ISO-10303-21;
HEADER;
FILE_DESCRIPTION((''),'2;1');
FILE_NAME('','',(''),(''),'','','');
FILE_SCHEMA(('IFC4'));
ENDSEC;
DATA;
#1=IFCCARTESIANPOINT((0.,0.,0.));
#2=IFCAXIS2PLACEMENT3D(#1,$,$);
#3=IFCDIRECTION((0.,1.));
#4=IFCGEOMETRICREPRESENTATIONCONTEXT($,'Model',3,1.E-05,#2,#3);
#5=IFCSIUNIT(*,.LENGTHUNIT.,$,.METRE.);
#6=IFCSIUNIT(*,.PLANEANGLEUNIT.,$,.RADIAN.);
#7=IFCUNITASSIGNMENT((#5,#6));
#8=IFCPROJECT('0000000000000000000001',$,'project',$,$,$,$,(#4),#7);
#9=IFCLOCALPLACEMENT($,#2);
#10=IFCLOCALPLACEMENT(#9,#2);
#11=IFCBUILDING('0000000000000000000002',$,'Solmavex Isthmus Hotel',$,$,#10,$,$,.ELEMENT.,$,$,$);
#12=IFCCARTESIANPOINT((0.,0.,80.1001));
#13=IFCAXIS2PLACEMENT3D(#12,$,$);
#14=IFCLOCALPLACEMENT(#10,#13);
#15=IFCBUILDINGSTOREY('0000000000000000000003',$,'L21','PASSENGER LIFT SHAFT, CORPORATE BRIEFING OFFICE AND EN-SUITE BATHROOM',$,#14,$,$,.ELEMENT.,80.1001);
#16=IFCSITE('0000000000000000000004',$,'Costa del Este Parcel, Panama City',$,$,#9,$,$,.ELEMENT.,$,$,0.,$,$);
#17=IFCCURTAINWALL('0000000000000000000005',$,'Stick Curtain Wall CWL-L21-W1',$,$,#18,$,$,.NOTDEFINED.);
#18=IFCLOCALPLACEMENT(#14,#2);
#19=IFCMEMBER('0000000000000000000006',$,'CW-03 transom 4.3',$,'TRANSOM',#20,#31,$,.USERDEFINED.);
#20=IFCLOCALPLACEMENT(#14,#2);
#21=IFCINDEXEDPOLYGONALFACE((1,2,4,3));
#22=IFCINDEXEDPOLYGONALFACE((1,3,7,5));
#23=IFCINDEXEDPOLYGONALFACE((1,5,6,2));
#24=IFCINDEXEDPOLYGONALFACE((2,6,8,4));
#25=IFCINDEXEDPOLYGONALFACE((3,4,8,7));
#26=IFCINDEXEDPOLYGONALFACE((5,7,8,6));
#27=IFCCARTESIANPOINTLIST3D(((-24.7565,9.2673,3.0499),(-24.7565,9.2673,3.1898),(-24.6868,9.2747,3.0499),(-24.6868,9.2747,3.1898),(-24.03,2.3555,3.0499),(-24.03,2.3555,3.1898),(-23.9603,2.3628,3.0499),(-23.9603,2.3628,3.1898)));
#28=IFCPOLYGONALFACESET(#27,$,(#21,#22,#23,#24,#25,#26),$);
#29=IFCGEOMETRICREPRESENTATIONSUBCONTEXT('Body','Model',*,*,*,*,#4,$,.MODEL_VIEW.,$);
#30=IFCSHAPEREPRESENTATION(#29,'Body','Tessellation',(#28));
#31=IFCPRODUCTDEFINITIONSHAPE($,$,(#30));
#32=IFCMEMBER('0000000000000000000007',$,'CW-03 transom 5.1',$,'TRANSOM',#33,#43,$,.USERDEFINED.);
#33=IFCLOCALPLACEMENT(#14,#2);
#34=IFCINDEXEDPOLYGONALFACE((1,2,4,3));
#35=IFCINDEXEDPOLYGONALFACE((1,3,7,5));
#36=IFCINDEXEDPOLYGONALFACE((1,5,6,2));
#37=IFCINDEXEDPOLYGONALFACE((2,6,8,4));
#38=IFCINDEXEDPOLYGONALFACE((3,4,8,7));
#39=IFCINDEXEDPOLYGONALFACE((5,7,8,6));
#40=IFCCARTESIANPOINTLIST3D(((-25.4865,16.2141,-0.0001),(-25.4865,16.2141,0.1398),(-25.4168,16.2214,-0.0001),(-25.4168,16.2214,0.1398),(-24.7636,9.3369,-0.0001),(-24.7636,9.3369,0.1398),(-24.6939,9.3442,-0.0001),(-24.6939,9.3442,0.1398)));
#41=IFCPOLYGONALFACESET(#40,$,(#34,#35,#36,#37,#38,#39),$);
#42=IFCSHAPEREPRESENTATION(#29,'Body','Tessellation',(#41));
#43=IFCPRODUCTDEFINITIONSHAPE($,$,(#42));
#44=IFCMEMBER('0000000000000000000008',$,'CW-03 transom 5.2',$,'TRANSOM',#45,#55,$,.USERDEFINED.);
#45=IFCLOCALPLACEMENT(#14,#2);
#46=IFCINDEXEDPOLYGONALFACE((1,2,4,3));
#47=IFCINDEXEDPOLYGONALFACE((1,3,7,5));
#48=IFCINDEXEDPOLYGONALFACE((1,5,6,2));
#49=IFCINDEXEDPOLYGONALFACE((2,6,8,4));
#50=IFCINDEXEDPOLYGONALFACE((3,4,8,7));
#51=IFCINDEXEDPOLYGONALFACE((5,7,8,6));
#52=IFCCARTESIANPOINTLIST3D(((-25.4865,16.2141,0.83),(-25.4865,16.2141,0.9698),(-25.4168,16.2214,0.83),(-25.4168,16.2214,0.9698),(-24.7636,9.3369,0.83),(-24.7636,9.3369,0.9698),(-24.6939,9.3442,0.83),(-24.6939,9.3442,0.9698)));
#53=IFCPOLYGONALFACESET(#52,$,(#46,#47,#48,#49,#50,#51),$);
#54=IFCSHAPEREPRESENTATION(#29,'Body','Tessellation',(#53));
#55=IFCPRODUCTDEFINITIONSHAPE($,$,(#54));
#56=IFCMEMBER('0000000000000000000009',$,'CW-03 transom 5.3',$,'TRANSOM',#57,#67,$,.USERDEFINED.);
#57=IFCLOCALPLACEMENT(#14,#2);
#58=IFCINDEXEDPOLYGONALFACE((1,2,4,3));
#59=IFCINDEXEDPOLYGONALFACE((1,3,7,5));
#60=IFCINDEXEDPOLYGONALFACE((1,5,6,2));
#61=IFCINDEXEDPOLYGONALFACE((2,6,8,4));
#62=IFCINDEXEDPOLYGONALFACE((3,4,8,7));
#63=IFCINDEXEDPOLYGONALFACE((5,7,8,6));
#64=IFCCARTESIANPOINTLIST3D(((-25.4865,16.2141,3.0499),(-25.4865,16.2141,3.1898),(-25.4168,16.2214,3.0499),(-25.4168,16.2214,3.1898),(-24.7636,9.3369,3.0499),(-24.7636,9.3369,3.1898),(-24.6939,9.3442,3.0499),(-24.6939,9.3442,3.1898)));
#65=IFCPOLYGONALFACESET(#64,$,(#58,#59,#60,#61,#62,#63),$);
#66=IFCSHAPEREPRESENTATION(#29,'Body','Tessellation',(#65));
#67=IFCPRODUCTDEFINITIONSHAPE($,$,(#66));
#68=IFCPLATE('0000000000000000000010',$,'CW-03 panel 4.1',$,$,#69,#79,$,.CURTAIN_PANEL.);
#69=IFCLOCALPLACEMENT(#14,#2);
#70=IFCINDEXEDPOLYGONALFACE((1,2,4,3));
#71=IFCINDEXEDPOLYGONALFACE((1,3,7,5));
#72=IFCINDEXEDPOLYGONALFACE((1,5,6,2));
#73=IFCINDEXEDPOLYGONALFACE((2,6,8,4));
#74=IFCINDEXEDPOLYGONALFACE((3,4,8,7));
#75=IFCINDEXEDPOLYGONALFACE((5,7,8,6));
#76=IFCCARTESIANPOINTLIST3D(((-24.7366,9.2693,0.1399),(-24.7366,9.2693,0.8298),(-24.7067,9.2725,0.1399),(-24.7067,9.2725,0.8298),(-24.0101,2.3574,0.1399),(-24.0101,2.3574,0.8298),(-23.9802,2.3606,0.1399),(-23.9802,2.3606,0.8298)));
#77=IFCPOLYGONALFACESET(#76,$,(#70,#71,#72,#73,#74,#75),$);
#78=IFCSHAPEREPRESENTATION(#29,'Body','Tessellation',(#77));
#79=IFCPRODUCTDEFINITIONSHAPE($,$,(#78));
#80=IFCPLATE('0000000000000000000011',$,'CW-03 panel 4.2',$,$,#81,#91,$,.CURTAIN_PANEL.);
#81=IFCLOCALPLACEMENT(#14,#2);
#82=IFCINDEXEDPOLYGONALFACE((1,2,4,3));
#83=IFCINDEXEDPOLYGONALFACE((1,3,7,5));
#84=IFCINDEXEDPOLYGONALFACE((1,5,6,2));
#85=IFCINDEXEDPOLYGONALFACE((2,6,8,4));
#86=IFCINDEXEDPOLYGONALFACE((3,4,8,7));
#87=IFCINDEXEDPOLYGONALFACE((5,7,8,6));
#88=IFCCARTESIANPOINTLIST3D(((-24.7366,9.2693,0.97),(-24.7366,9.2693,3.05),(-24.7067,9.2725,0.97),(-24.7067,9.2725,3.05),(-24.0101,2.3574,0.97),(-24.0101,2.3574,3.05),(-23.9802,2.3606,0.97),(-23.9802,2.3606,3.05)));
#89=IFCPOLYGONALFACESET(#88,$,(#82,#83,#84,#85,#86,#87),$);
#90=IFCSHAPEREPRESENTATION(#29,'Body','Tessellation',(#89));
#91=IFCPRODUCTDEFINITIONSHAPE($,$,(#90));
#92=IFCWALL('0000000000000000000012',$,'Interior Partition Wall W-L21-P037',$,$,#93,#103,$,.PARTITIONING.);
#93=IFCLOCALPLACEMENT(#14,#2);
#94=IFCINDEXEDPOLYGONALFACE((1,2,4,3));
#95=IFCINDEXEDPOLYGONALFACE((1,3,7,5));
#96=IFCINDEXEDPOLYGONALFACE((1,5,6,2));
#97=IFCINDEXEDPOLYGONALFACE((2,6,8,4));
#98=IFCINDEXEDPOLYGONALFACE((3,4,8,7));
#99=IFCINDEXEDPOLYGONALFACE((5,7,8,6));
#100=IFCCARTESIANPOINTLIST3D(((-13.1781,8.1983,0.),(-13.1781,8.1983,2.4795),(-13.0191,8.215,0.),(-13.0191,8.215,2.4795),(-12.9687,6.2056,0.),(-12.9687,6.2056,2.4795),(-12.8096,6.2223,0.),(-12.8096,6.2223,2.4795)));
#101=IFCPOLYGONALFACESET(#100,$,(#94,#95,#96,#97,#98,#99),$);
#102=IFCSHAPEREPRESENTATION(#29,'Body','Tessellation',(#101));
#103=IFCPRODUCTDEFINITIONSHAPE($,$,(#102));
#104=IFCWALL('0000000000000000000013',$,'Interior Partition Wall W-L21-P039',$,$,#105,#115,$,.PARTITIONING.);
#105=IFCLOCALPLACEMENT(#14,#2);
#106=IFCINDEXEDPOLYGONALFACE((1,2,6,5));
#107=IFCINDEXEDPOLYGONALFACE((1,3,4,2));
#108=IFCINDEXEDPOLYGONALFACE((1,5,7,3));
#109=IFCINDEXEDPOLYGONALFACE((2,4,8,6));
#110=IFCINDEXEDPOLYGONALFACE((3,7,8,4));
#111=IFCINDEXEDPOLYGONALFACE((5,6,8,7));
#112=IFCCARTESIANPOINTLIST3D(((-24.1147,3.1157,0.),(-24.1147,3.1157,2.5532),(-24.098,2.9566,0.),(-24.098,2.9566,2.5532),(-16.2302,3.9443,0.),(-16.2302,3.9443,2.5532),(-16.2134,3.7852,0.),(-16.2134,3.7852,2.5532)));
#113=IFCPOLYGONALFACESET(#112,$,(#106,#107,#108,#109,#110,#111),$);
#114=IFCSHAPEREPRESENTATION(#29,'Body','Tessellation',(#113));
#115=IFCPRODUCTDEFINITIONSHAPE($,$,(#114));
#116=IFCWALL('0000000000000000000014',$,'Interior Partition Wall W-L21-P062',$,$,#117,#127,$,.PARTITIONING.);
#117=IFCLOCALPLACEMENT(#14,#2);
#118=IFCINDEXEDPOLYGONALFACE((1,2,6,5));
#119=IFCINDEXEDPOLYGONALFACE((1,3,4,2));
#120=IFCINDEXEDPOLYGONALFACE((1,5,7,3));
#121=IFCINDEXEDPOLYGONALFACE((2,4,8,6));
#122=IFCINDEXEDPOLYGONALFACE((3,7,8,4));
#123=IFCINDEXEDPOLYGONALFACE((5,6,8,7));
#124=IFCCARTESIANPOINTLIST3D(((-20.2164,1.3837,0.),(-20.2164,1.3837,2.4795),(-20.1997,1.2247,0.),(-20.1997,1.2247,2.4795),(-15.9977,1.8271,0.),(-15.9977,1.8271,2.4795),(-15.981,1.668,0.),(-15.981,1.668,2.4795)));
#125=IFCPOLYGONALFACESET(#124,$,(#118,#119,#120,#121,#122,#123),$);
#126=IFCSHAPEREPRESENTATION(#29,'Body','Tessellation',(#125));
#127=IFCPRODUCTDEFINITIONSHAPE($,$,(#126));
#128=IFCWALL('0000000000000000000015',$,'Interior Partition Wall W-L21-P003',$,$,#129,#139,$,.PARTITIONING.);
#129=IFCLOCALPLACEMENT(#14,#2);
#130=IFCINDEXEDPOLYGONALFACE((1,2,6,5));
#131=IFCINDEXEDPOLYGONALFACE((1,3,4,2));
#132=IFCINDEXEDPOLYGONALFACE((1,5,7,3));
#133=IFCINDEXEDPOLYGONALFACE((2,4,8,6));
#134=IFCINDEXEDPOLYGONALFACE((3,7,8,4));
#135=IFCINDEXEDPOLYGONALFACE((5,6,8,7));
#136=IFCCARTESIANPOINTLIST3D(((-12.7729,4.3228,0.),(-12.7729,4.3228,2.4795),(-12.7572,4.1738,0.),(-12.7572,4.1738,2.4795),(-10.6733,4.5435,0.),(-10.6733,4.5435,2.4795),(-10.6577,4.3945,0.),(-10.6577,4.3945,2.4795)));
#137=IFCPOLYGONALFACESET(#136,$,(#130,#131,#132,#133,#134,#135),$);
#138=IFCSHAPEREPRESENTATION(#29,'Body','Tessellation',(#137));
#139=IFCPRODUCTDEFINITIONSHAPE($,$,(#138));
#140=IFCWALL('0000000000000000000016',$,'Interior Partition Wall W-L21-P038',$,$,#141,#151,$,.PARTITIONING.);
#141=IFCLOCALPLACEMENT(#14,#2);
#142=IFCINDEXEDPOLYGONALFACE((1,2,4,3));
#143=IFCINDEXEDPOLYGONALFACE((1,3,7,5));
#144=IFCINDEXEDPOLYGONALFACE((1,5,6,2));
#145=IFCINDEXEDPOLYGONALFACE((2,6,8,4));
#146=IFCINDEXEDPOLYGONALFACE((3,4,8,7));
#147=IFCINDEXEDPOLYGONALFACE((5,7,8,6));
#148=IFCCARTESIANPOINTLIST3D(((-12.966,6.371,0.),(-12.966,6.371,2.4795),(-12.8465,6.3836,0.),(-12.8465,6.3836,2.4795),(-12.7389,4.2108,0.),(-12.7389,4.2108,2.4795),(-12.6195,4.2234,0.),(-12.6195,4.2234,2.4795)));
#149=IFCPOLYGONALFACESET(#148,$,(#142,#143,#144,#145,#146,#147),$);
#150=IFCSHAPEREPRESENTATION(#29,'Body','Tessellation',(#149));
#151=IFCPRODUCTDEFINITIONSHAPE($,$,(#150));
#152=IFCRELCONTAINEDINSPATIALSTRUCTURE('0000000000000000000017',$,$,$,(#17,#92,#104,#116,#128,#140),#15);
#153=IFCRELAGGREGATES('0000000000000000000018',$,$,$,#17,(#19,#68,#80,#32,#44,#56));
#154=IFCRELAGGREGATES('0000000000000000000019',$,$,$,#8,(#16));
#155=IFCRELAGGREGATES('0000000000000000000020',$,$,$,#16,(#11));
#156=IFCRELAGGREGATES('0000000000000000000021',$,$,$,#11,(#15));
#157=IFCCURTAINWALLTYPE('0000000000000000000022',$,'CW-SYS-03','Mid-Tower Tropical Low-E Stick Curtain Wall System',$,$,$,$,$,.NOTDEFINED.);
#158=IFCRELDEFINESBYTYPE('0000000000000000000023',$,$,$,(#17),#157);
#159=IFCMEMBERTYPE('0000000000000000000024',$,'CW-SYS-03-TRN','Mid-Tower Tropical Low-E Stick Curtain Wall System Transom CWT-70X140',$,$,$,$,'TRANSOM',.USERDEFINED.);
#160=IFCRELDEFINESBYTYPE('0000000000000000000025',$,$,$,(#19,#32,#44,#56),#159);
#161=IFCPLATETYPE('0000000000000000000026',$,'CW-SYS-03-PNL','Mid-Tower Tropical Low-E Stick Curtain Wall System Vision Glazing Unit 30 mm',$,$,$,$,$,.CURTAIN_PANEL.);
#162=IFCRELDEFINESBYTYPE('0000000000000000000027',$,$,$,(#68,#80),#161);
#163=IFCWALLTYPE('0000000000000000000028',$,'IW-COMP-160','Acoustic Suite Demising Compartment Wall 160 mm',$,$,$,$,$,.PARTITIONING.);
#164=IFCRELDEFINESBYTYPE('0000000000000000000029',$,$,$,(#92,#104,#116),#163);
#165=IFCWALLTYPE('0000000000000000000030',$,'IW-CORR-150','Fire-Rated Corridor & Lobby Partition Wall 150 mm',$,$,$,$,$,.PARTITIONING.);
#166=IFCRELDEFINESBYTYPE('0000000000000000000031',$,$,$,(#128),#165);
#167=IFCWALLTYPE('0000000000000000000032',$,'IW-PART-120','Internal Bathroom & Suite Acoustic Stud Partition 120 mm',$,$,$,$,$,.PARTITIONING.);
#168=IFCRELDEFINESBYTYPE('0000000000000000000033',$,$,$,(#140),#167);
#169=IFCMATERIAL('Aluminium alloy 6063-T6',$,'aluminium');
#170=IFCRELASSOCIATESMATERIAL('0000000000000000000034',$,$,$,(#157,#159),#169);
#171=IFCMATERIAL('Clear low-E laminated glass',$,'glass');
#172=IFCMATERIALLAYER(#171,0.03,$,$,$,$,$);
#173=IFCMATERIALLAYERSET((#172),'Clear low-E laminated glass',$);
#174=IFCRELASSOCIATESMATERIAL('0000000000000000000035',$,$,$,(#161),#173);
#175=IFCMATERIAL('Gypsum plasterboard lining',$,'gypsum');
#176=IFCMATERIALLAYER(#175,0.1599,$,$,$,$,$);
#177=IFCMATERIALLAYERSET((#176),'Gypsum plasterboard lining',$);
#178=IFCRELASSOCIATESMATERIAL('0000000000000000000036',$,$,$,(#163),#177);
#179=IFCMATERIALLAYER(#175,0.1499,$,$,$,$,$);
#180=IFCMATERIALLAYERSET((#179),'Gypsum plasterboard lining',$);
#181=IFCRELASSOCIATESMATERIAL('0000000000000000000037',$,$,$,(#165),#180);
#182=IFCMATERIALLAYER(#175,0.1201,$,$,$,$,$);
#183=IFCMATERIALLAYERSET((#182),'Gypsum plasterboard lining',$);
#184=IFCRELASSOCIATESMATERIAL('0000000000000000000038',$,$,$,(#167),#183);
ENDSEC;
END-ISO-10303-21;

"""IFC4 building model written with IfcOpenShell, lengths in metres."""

from ifc_helpers import new_model, si_unit, direction, frame, frame_2d, origin, origin_2d, place, context, subcontext, project, spatial, rectangle, extrude, material, layer, layer_set, material_profile, profile_set, type_object, element, aggregate, save


model = new_model("IFC4")

# Units and contexts
model_context = context("Model", 3, precision=1e-05, world=origin(), true_north=direction((0.0, 1.0)))
body_context = subcontext(model_context, "Body", "Model", "MODEL_VIEW")
ifc_project = project(units=[si_unit("LENGTHUNIT", "METRE"), si_unit("PLANEANGLEUNIT", "RADIAN")], contexts=[model_context])

# Site, building, storey
site_placement = place(None, origin())
site = spatial("IfcSite", under=ifc_project, at=site_placement, Name="Costa del Este Parcel, Panama City", CompositionType="ELEMENT", RefElevation=0.0)
building_placement = place(site_placement, origin())
building = spatial("IfcBuilding", under=site, at=building_placement, Name="Solmavex Isthmus Hotel", CompositionType="ELEMENT")
storey_placement = place(building_placement, frame((0.0, 0.0, 80.1001)))
storey = spatial("IfcBuildingStorey", under=building, at=storey_placement, Name="L21", Description="PASSENGER LIFT SHAFT, CORPORATE BRIEFING OFFICE AND EN-SUITE BATHROOM", CompositionType="ELEMENT", Elevation=80.1001)

# Curtain wall, members, plates
ifc_material_1 = material(Name="Aluminium alloy 6063-T6", Category="aluminium")
curtain_wall_type = type_object("IfcCurtainWallType", Name="CW-SYS-03", Description="Mid-Tower Tropical Low-E Stick Curtain Wall System", PredefinedType="NOTDEFINED", material=ifc_material_1)
curtain_wall_placement = place(storey_placement, origin())
curtain_wall = element("IfcCurtainWall", 1, at=curtain_wall_placement, inside=storey, type_object=curtain_wall_type, Name="Stick Curtain Wall CWL-L21-W1", PredefinedType="NOTDEFINED")
ifc_material_profile_1 = material_profile(ifc_material_1, rectangle(XDim=0.0701, YDim=0.1399, at=origin_2d()), Name="CWT-70X140")
ifc_profile_set_1 = profile_set([ifc_material_profile_1], Name="Aluminium alloy 6063-T6")
member_type_1 = type_object("IfcMemberType", Name="CW-SYS-03-TRN", Description="Mid-Tower Tropical Low-E Stick Curtain Wall System Transom CWT-70X140", ElementType="TRANSOM", PredefinedType="USERDEFINED", material=ifc_profile_set_1)
member_1_placement = place(storey_placement, frame((-23.9951, 2.3591, 3.1199), z_axis=(-0.104542, 0.99452, 0.0), x_axis=(-0.99452, -0.104542, 0.0)))
member_1 = element("IfcMember", 2, at=member_1_placement, type_object=member_type_1, Name="CW-03 transom 4.3", ObjectType="TRANSOM", PredefinedType="USERDEFINED", context=body_context, shape_type="SweptSolid", body=[
    extrude(rectangle(XDim=0.0701, YDim=0.1399, at=origin_2d()), origin(), (0.0, 0.0, 1.0), 6.95),
])
member_2_placement = place(storey_placement, frame((-24.7288, 9.3406, 0.0698), z_axis=(-0.10454, 0.994521, 0.0), x_axis=(-0.994521, -0.10454, 0.0)))
member_2 = element("IfcMember", 3, at=member_2_placement, type_object=member_type_1, Name="CW-03 transom 5.1", ObjectType="TRANSOM", PredefinedType="USERDEFINED", context=body_context, shape_type="SweptSolid", body=[
    extrude(rectangle(XDim=0.0701, YDim=0.1399, at=origin_2d()), origin(), (0.0, 0.0, 1.0), 6.915),
])
member_3_placement = place(storey_placement, frame((-24.7288, 9.3406, 0.8999), z_axis=(-0.10454, 0.994521, 0.0), x_axis=(-0.994521, -0.10454, 0.0)))
member_3 = element("IfcMember", 4, at=member_3_placement, type_object=member_type_1, Name="CW-03 transom 5.2", ObjectType="TRANSOM", PredefinedType="USERDEFINED", context=body_context, shape_type="SweptSolid", body=[
    extrude(rectangle(XDim=0.0701, YDim=0.1399, at=origin_2d()), origin(), (0.0, 0.0, 1.0), 6.915),
])
member_4_placement = place(storey_placement, frame((-24.7288, 9.3406, 3.1199), z_axis=(-0.10454, 0.994521, 0.0), x_axis=(-0.994521, -0.10454, 0.0)))
member_4 = element("IfcMember", 5, at=member_4_placement, type_object=member_type_1, Name="CW-03 transom 5.3", ObjectType="TRANSOM", PredefinedType="USERDEFINED", context=body_context, shape_type="SweptSolid", body=[
    extrude(rectangle(XDim=0.0701, YDim=0.1399, at=origin_2d()), origin(), (0.0, 0.0, 1.0), 6.915),
])
ifc_material_2 = material(Name="Clear low-E laminated glass", Category="glass")
ifc_layer_1 = layer(ifc_material_2, 0.03)
ifc_layer_set_1 = layer_set([ifc_layer_1], Name="Clear low-E laminated glass")
plate_type = type_object("IfcPlateType", Name="CW-SYS-03-PNL", Description="Mid-Tower Tropical Low-E Stick Curtain Wall System Vision Glazing Unit 30 mm", PredefinedType="CURTAIN_PANEL", material=ifc_layer_set_1)
plate_1_placement = place(storey_placement, frame((-24.3584, 5.8149, 0.1399), z_axis=(0.0, 0.0, 1.0), x_axis=(-0.104528, 0.994522, 0.0)))
plate_1 = element("IfcPlate", 6, at=plate_1_placement, type_object=plate_type, Name="CW-03 panel 4.1", PredefinedType="CURTAIN_PANEL", context=body_context, shape_type="SweptSolid", body=[
    extrude(rectangle(XDim=6.95, YDim=0.03, at=origin_2d()), origin(), (0.0, 0.0, 1.0), 0.6899),
])
plate_2_placement = place(storey_placement, frame((-24.3584, 5.8149, 0.97), z_axis=(0.0, 0.0, 1.0), x_axis=(-0.104528, 0.994522, 0.0)))
plate_2 = element("IfcPlate", 7, at=plate_2_placement, type_object=plate_type, Name="CW-03 panel 4.2", PredefinedType="CURTAIN_PANEL", context=body_context, shape_type="SweptSolid", body=[
    extrude(rectangle(XDim=6.95, YDim=0.03, at=origin_2d()), origin(), (0.0, 0.0, 1.0), 2.0801),
])
aggregate(curtain_wall, [member_1, plate_1, plate_2, member_2, member_3, member_4])

# Walls
ifc_material_3 = material(Name="Gypsum plasterboard lining", Category="gypsum")
ifc_layer_2 = layer(ifc_material_3, 0.1599)
ifc_layer_set_2 = layer_set([ifc_layer_2], Name="Gypsum plasterboard lining")
wall_type_1 = type_object("IfcWallType", Name="IW-COMP-160", Description="Acoustic Suite Demising Compartment Wall 160 mm", PredefinedType="PARTITIONING", material=ifc_layer_set_2)
wall_1_placement = place(storey_placement, frame((-13.0986, 8.2068, 0.0), z_axis=(0.0, 0.0, 1.0), x_axis=(0.104545, -0.99452, 0.0)))
element("IfcWall", 8, at=wall_1_placement, inside=storey, type_object=wall_type_1, Name="Interior Partition Wall W-L21-P037", PredefinedType="PARTITIONING", context=body_context, shape_type="SweptSolid", body=[
    extrude(rectangle(XDim=2.0037, YDim=0.1599, at=frame_2d((1.002, 0.0))), origin(), (0.0, 0.0, 1.0), 2.4795),
])
wall_2_placement = place(storey_placement, frame((-16.2219, 3.8647, 0.0), z_axis=(0.0, 0.0, 1.0), x_axis=(-0.994523, -0.104518, 0.0)))
element("IfcWall", 9, at=wall_2_placement, inside=storey, type_object=wall_type_1, Name="Interior Partition Wall W-L21-P039", PredefinedType="PARTITIONING", context=body_context, shape_type="SweptSolid", body=[
    extrude(rectangle(XDim=7.928, YDim=0.1599, at=frame_2d((3.9639, 0.0))), origin(), (0.0, 0.0, 1.0), 2.5532),
])
wall_3_placement = place(storey_placement, frame((-15.9893, 1.7476, 0.0), z_axis=(0.0, 0.0, 1.0), x_axis=(-0.994523, -0.104517, 0.0)))
element("IfcWall", 10, at=wall_3_placement, inside=storey, type_object=wall_type_1, Name="Interior Partition Wall W-L21-P062", PredefinedType="PARTITIONING", context=body_context, shape_type="SweptSolid", body=[
    extrude(rectangle(XDim=4.2419, YDim=0.1599, at=frame_2d((2.1211, 0.0))), origin(), (0.0, 0.0, 1.0), 2.4795),
])

# Shared definitions
ifc_layer_3 = layer(ifc_material_3, 0.1499)
ifc_layer_set_3 = layer_set([ifc_layer_3], Name="Gypsum plasterboard lining")
wall_type_2 = type_object("IfcWallType", Name="IW-CORR-150", Description="Fire-Rated Corridor & Lobby Partition Wall 150 mm", PredefinedType="PARTITIONING", material=ifc_layer_set_3)

# Wall
wall_4_placement = place(storey_placement, frame((-12.7651, 4.2483, 0.0), z_axis=(0.0, 0.0, 1.0), x_axis=(0.994521, 0.10454, 0.0)))
element("IfcWall", 11, at=wall_4_placement, inside=storey, type_object=wall_type_2, Name="Interior Partition Wall W-L21-P003", PredefinedType="PARTITIONING", context=body_context, shape_type="SweptSolid", body=[
    extrude(rectangle(XDim=2.1111, YDim=0.1499, at=frame_2d((1.0557, 0.0))), origin(), (0.0, 0.0, 1.0), 2.4795),
])

# Wall
ifc_layer_4 = layer(ifc_material_3, 0.1201)
ifc_layer_set_4 = layer_set([ifc_layer_4], Name="Gypsum plasterboard lining")
wall_type_3 = type_object("IfcWallType", Name="IW-PART-120", Description="Internal Bathroom & Suite Acoustic Stud Partition 120 mm", PredefinedType="PARTITIONING", material=ifc_layer_set_4)
wall_5_placement = place(storey_placement, frame((-12.9062, 6.3772, 0.0), z_axis=(0.0, 0.0, 1.0), x_axis=(0.104533, -0.994521, 0.0)))
element("IfcWall", 12, at=wall_5_placement, inside=storey, type_object=wall_type_3, Name="Interior Partition Wall W-L21-P038", PredefinedType="PARTITIONING", context=body_context, shape_type="SweptSolid", body=[
    extrude(rectangle(XDim=2.1721, YDim=0.1201, at=frame_2d((1.0859, 0.0))), origin(), (0.0, 0.0, 1.0), 2.4795),
])

save(model, "model.ifc")
